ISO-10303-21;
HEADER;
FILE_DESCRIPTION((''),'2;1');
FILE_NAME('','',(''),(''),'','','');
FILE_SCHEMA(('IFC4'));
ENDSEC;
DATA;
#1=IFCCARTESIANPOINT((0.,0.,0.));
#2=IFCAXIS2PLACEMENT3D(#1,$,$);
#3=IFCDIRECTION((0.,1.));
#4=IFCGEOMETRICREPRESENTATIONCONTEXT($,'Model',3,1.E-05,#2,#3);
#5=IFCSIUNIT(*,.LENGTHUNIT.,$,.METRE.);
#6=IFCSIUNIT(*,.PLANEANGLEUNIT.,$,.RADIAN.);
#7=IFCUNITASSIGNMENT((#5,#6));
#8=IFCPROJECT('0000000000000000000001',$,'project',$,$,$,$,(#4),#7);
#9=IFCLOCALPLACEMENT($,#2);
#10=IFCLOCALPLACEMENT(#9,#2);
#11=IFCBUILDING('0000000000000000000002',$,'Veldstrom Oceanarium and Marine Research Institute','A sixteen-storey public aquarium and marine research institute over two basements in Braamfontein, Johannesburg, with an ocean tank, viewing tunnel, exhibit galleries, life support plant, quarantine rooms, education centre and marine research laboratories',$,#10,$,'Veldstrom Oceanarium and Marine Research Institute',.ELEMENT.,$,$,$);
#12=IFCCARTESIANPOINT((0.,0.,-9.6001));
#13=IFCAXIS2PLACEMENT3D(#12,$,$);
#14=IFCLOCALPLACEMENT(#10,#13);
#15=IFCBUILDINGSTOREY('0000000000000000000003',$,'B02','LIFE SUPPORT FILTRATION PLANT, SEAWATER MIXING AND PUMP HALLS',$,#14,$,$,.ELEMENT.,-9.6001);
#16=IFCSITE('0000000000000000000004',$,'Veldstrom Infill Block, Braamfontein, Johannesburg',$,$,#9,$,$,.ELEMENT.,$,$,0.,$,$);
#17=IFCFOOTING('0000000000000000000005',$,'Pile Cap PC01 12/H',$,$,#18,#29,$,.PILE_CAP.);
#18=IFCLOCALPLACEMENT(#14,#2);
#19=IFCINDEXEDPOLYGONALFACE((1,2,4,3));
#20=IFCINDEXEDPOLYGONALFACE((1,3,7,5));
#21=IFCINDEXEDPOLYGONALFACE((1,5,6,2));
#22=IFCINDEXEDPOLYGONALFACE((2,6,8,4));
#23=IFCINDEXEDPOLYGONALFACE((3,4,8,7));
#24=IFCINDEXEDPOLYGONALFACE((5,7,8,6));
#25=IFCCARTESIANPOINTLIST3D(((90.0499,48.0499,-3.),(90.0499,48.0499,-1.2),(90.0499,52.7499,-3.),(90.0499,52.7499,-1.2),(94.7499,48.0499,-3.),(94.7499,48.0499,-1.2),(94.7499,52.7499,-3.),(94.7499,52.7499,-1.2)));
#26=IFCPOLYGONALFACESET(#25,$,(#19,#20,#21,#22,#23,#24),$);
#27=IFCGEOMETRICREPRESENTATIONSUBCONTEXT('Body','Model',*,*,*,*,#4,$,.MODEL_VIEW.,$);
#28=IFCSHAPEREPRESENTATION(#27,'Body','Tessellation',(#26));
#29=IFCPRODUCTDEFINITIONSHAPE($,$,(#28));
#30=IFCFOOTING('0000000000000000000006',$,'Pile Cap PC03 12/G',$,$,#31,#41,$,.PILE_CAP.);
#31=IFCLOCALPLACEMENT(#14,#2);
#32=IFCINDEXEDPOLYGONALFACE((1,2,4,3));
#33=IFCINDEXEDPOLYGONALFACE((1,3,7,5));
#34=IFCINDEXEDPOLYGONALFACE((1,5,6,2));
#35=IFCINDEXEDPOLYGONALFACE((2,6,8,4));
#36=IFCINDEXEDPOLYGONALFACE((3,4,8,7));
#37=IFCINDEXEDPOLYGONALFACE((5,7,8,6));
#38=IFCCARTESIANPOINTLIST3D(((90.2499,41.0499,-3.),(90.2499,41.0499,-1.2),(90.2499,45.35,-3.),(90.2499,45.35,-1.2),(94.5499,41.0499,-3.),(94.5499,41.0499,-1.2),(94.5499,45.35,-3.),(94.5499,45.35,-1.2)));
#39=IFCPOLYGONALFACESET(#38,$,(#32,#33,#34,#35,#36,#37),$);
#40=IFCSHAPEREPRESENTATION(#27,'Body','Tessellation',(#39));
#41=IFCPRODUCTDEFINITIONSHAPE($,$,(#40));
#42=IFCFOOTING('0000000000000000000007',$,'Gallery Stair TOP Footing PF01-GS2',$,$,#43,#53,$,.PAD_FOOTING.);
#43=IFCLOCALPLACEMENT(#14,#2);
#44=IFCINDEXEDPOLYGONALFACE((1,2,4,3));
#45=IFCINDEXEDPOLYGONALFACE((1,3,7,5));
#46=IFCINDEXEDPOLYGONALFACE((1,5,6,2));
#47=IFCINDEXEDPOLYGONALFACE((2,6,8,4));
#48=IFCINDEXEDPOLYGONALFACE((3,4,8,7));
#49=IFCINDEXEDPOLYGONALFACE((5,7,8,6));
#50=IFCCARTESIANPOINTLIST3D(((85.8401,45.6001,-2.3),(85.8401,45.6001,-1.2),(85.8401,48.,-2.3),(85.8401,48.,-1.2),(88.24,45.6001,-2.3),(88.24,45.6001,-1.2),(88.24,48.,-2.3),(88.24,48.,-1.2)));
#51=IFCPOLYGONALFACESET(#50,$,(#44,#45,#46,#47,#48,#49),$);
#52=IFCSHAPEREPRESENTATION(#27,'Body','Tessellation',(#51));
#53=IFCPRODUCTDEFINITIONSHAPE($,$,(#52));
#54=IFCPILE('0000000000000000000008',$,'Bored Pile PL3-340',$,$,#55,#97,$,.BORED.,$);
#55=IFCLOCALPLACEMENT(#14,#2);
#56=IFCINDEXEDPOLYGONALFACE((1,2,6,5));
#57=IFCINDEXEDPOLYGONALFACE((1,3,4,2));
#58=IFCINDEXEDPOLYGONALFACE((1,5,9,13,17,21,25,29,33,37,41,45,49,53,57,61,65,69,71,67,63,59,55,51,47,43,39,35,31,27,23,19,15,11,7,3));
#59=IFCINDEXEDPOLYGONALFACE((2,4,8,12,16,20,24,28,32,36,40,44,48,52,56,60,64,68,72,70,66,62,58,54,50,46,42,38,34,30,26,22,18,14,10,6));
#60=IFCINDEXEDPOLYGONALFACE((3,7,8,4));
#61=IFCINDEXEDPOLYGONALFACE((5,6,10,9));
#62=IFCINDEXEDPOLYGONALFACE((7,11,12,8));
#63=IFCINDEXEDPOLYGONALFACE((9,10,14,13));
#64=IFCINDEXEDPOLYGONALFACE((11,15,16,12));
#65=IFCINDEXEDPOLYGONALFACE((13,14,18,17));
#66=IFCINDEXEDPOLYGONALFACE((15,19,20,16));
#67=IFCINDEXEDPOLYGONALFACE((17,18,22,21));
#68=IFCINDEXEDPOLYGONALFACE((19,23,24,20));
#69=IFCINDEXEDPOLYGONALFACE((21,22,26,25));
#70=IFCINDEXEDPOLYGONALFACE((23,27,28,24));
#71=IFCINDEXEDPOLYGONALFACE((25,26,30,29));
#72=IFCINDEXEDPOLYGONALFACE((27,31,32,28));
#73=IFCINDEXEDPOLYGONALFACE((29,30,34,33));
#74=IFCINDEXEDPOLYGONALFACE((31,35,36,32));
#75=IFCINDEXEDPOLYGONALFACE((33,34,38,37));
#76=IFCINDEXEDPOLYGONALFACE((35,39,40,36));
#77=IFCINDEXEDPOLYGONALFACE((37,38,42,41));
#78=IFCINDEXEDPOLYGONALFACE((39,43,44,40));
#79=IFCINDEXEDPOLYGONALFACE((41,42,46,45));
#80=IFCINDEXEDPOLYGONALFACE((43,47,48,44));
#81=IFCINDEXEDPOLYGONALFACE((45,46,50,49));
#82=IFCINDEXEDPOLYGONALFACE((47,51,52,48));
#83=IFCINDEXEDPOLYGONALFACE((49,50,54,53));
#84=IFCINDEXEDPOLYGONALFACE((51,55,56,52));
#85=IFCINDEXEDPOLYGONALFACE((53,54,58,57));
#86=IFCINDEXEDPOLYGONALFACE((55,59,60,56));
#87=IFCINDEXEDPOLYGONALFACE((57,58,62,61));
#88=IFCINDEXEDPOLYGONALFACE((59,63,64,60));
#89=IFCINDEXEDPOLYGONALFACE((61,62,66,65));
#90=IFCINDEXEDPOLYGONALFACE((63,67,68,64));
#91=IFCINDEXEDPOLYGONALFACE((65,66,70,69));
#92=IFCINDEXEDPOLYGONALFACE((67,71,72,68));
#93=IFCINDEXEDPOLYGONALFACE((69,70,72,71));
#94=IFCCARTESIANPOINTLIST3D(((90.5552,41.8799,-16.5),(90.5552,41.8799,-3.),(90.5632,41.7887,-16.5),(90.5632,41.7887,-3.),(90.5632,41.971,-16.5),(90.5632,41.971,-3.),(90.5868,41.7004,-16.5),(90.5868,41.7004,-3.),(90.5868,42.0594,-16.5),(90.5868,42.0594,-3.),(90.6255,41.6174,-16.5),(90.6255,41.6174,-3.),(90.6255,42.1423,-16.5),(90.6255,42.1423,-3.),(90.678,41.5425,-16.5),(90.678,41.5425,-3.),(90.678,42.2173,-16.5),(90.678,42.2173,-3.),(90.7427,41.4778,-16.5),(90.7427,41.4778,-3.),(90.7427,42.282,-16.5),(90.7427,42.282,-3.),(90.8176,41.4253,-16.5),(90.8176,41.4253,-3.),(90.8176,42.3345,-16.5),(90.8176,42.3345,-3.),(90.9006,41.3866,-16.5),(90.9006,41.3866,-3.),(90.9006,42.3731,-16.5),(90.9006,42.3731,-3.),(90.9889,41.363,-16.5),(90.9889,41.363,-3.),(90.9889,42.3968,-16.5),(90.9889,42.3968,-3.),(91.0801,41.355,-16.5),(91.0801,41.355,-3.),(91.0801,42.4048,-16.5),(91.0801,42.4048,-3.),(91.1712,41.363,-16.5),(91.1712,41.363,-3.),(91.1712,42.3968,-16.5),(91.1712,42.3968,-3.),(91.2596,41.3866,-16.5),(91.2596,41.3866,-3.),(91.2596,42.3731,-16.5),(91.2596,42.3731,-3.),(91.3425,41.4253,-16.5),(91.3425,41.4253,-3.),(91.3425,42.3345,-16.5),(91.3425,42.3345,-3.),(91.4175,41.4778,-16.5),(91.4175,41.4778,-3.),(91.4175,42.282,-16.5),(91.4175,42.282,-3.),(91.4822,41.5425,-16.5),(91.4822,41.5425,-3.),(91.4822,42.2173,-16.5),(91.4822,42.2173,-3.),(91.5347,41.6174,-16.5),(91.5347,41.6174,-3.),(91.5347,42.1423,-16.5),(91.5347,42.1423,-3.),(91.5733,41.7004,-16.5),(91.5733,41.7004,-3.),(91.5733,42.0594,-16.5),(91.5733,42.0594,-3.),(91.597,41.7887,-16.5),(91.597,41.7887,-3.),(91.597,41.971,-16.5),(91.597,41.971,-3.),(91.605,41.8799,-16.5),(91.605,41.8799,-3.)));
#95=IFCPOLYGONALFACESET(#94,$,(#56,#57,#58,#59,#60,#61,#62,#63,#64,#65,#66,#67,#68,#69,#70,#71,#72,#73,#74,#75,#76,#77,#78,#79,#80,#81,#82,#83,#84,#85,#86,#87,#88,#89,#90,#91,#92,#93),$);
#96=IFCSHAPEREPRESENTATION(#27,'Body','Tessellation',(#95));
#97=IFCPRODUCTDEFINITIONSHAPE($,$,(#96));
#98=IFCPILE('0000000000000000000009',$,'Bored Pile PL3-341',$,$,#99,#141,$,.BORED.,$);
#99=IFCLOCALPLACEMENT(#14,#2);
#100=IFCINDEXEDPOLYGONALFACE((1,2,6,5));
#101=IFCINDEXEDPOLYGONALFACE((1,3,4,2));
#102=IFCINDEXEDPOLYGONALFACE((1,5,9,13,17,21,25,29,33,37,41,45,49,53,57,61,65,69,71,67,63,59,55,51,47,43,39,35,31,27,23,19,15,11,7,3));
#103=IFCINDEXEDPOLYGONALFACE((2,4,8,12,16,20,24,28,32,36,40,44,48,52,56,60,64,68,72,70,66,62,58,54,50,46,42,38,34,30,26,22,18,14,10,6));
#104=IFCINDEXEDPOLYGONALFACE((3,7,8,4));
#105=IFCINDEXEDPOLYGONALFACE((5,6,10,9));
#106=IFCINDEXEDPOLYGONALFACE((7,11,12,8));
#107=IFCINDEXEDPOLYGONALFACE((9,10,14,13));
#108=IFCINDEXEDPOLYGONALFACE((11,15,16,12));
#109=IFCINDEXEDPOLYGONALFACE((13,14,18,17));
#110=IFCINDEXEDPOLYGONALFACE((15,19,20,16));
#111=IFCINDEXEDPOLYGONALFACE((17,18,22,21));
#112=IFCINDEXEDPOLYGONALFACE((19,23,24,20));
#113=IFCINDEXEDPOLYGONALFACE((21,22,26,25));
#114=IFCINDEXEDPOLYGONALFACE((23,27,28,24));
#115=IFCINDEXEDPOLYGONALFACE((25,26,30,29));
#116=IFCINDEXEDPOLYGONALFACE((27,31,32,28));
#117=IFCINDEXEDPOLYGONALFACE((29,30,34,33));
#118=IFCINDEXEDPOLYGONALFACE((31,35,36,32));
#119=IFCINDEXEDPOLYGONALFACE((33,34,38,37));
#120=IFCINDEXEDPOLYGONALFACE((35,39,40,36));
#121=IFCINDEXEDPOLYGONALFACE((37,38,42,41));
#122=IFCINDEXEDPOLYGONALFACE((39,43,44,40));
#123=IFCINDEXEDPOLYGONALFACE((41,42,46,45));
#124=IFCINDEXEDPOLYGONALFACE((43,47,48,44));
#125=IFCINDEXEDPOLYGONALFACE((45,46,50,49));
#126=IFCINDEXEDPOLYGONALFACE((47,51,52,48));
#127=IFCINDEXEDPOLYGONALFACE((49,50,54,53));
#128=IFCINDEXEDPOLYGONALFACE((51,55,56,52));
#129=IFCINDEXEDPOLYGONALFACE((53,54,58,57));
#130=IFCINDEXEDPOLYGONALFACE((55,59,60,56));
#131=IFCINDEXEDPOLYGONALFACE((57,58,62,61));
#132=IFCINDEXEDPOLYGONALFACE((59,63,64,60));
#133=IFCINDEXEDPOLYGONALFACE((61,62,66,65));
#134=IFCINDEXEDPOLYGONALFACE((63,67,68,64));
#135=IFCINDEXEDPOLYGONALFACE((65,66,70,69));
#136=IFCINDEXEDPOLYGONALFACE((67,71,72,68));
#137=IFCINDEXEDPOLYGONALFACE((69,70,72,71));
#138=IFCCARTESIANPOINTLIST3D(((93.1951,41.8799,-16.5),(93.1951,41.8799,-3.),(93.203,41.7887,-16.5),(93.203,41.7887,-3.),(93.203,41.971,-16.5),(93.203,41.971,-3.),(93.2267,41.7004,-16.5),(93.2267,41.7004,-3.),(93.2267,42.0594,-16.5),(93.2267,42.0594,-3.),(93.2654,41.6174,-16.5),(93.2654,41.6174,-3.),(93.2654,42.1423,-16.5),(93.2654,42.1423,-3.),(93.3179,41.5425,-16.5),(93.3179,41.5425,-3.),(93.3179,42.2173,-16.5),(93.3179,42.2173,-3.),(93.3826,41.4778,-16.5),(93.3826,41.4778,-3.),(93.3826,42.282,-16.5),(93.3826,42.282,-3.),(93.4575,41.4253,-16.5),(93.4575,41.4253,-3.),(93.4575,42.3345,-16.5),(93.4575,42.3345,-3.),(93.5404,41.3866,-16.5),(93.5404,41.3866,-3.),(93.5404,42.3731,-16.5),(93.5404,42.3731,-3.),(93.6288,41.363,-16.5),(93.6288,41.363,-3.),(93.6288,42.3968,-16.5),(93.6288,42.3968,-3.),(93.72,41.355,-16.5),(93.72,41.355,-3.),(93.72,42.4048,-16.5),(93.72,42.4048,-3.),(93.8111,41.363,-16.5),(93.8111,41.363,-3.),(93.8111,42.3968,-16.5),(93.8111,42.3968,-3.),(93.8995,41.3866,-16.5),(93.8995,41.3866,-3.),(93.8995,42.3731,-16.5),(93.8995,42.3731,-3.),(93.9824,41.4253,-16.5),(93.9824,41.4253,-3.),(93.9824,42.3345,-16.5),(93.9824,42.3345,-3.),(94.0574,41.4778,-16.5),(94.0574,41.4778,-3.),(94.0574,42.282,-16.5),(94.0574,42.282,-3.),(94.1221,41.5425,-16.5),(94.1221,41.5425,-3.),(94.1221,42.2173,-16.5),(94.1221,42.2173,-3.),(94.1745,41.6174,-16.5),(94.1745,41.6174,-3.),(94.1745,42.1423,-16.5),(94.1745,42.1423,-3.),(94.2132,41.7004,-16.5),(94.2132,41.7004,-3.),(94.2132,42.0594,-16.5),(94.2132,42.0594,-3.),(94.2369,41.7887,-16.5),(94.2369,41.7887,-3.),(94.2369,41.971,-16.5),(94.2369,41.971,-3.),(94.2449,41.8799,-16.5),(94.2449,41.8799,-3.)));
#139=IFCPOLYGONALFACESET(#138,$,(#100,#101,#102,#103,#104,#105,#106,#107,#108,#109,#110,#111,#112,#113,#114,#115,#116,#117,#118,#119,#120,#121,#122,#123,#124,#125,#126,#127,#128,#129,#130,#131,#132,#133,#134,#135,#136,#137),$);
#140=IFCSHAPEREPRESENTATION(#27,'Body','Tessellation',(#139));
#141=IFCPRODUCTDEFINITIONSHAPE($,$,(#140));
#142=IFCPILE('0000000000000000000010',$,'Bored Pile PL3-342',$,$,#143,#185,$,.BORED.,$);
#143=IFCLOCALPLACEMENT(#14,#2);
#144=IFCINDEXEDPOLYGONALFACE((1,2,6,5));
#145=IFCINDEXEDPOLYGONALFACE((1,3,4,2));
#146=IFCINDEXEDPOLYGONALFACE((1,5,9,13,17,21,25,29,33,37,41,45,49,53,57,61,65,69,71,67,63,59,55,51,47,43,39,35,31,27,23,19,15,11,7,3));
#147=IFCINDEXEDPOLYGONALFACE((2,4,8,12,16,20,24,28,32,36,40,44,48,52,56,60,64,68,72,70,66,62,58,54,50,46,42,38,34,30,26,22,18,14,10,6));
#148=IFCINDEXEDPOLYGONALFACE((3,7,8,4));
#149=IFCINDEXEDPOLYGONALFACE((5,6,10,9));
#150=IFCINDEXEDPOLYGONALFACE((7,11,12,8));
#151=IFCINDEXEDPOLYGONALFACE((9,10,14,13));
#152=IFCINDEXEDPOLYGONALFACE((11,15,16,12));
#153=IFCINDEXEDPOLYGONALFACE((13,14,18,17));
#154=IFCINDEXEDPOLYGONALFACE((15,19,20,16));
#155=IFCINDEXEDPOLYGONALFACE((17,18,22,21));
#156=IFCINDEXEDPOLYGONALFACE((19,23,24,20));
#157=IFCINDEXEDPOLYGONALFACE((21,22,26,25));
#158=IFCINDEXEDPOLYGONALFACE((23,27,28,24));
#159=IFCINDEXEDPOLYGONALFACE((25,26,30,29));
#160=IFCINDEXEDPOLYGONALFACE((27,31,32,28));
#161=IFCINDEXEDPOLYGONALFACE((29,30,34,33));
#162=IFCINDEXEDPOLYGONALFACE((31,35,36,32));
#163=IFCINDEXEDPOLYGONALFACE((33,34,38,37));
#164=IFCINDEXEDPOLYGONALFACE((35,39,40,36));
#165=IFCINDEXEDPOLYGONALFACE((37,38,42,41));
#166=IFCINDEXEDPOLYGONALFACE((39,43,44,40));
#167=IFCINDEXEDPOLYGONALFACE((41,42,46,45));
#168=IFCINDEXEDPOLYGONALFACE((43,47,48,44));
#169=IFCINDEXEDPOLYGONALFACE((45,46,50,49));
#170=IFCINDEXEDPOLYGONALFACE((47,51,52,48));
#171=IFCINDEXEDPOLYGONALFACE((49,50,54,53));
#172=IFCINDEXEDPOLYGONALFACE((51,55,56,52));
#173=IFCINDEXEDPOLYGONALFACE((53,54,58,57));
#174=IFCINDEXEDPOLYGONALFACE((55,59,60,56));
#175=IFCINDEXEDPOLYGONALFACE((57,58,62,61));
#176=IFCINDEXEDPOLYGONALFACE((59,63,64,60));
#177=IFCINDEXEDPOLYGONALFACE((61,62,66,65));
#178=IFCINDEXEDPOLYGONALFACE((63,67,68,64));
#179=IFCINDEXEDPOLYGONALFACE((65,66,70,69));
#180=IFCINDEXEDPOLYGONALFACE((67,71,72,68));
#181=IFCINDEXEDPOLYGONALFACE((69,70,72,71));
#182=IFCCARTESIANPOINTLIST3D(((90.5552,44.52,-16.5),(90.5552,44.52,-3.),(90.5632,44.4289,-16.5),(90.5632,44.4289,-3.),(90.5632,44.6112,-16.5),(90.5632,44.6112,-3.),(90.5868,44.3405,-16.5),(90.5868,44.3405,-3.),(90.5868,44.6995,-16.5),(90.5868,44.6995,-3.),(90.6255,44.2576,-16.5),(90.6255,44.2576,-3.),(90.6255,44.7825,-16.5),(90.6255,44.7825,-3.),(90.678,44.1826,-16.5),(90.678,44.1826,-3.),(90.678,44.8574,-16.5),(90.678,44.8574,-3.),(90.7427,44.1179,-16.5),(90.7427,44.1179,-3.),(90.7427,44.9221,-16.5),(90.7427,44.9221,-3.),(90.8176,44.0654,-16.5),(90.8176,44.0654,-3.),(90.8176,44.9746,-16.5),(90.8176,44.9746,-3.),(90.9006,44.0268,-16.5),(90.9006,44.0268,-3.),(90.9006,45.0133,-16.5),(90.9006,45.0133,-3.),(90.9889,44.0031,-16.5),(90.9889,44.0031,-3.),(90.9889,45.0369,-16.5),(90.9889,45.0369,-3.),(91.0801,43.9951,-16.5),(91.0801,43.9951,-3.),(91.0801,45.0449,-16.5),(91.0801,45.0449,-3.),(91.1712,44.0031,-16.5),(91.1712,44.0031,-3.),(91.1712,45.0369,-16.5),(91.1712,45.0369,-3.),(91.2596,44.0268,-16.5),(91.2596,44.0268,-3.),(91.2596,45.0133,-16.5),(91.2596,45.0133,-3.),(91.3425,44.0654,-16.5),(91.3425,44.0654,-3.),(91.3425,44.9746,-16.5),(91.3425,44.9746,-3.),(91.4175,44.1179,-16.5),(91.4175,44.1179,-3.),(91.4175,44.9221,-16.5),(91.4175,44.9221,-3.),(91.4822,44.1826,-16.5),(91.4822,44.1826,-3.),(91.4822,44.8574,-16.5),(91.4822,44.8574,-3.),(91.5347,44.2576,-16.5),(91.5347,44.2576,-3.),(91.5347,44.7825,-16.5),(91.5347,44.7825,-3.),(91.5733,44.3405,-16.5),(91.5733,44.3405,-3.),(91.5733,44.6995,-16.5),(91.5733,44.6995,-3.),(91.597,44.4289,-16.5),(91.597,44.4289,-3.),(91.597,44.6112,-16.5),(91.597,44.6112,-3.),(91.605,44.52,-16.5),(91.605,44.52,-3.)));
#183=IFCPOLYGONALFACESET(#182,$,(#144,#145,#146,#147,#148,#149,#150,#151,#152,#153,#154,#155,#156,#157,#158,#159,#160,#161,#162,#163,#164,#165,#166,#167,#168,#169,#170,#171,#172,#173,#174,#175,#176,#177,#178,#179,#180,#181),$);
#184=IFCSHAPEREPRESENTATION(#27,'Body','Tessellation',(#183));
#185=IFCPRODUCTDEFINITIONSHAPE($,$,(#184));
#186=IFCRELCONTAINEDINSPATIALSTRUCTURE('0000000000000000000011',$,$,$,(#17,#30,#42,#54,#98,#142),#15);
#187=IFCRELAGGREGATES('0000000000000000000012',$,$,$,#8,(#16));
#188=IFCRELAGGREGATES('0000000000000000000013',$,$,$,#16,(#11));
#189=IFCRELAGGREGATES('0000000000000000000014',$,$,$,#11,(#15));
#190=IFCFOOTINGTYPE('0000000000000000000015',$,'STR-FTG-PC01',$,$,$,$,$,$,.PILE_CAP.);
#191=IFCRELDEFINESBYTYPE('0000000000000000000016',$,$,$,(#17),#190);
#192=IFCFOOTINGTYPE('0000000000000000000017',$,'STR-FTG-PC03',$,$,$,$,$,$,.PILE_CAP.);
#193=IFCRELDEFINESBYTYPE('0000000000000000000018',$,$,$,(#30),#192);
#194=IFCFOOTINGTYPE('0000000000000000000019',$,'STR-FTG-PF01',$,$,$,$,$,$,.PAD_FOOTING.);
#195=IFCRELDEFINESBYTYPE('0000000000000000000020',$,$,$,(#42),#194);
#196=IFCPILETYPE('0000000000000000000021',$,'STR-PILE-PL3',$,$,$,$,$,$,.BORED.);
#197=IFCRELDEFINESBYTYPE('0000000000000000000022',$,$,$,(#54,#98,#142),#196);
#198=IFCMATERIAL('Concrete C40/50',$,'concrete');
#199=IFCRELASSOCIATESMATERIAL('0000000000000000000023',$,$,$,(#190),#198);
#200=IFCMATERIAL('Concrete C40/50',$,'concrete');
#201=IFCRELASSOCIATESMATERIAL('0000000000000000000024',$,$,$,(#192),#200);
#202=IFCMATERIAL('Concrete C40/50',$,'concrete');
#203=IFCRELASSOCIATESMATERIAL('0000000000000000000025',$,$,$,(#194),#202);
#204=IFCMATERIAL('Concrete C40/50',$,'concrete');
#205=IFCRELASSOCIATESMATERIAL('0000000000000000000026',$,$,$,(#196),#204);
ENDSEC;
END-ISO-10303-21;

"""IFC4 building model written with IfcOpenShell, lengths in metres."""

from ifc_helpers import new_model, si_unit, direction, frame, origin, origin_2d, place, context, subcontext, project, spatial, rectangle, circle, extrude, material, material_profile, profile_set, type_object, element, save


model = new_model("IFC4")

# Units and contexts
model_context = context("Model", 3, precision=1e-05, world=origin(), true_north=direction((0.0, 1.0)))
body_context = subcontext(model_context, "Body", "Model", "MODEL_VIEW")
ifc_project = project(units=[si_unit("LENGTHUNIT", "METRE"), si_unit("PLANEANGLEUNIT", "RADIAN")], contexts=[model_context])

# Site, building, storey
site_placement = place(None, origin())
site = spatial("IfcSite", under=ifc_project, at=site_placement, Name="Veldstrom Infill Block, Braamfontein, Johannesburg", CompositionType="ELEMENT", RefElevation=0.0)
building_placement = place(site_placement, origin())
building = spatial("IfcBuilding", under=site, at=building_placement, Name="Veldstrom Oceanarium and Marine Research Institute", Description="A sixteen-storey public aquarium and marine research institute over two basements in Braamfontein, Johannesburg, with an ocean tank, viewing tunnel, exhibit galleries, life support plant, quarantine rooms, education centre and marine research laboratories", LongName="Veldstrom Oceanarium and Marine Research Institute", CompositionType="ELEMENT")
storey_placement = place(building_placement, frame((0.0, 0.0, -9.6001)))
storey = spatial("IfcBuildingStorey", under=building, at=storey_placement, Name="B02", Description="LIFE SUPPORT FILTRATION PLANT, SEAWATER MIXING AND PUMP HALLS", CompositionType="ELEMENT", Elevation=-9.6001)

# Footings
ifc_material_1 = material(Name="Concrete C40/50", Category="concrete")
footing_type_1 = type_object("IfcFootingType", Name="STR-FTG-PC01", PredefinedType="PILE_CAP", material=ifc_material_1)
footing_1_placement = place(storey_placement, frame((92.3999, 50.3999, -3.0), z_axis=(0.0, 0.0, 1.0), x_axis=(1.0, 0.0, 0.0)))
element("IfcFooting", 1, at=footing_1_placement, inside=storey, type_object=footing_type_1, Name="Pile Cap PC01 12/H", PredefinedType="PILE_CAP", context=body_context, shape_type="SweptSolid", body=[
    extrude(rectangle(XDim=4.7, YDim=4.7, at=origin_2d()), origin(), (0.0, 0.0, 1.0), 1.8),
])
ifc_material_2 = material(Name="Concrete C40/50", Category="concrete")
footing_type_2 = type_object("IfcFootingType", Name="STR-FTG-PC03", PredefinedType="PILE_CAP", material=ifc_material_2)
footing_2_placement = place(storey_placement, frame((92.3999, 43.2, -3.0), z_axis=(0.0, 0.0, 1.0), x_axis=(1.0, 0.0, 0.0)))
element("IfcFooting", 2, at=footing_2_placement, inside=storey, type_object=footing_type_2, Name="Pile Cap PC03 12/G", PredefinedType="PILE_CAP", context=body_context, shape_type="SweptSolid", body=[
    extrude(rectangle(XDim=4.3, YDim=4.3, at=origin_2d()), origin(), (0.0, 0.0, 1.0), 1.8),
])
ifc_material_3 = material(Name="Concrete C40/50", Category="concrete")
footing_type_3 = type_object("IfcFootingType", Name="STR-FTG-PF01", PredefinedType="PAD_FOOTING", material=ifc_material_3)
footing_3_placement = place(storey_placement, frame((87.04, 46.8, -2.3), z_axis=(0.0, 0.0, 1.0), x_axis=(1.0, 0.0, 0.0)))
element("IfcFooting", 3, at=footing_3_placement, inside=storey, type_object=footing_type_3, Name="Gallery Stair TOP Footing PF01-GS2", PredefinedType="PAD_FOOTING", context=body_context, shape_type="SweptSolid", body=[
    extrude(rectangle(XDim=2.3999, YDim=2.3999, at=origin_2d()), origin(), (0.0, 0.0, 1.0), 1.1001),
])

# Piles
ifc_material_4 = material(Name="Concrete C40/50", Category="concrete")
ifc_material_profile_1 = material_profile(ifc_material_4, circle(Radius=0.5249, at=origin_2d()), Name="PILE-D1050")
ifc_profile_set_1 = profile_set([ifc_material_profile_1], Name="Concrete C40/50")
pile_type = type_object("IfcPileType", Name="STR-PILE-PL3", PredefinedType="BORED", material=ifc_profile_set_1)
for number, where, z_axis, x_axis, name in (
    (4, (91.0801, 41.8799, -3.0), (0.0, 0.0, -1.0), (1.0, 0.0, 0.0), "Bored Pile PL3-340"),
    (5, (93.72, 41.8799, -3.0), (0.0, 0.0, -1.0), (1.0, 0.0, 0.0), "Bored Pile PL3-341"),
    (6, (91.0801, 44.52, -3.0), (0.0, 0.0, -1.0), (1.0, 0.0, 0.0), "Bored Pile PL3-342"),
):
    element("IfcPile", number, at=place(storey_placement, frame(where, z_axis=z_axis, x_axis=x_axis)), inside=storey, type_object=pile_type, Name=name, PredefinedType="BORED", context=body_context, shape_type="SweptSolid", body=[
        extrude(circle(Radius=0.5249, at=origin_2d()), origin(), (0.0, 0.0, 1.0), 13.5),
    ])

save(model, "model.ifc")
